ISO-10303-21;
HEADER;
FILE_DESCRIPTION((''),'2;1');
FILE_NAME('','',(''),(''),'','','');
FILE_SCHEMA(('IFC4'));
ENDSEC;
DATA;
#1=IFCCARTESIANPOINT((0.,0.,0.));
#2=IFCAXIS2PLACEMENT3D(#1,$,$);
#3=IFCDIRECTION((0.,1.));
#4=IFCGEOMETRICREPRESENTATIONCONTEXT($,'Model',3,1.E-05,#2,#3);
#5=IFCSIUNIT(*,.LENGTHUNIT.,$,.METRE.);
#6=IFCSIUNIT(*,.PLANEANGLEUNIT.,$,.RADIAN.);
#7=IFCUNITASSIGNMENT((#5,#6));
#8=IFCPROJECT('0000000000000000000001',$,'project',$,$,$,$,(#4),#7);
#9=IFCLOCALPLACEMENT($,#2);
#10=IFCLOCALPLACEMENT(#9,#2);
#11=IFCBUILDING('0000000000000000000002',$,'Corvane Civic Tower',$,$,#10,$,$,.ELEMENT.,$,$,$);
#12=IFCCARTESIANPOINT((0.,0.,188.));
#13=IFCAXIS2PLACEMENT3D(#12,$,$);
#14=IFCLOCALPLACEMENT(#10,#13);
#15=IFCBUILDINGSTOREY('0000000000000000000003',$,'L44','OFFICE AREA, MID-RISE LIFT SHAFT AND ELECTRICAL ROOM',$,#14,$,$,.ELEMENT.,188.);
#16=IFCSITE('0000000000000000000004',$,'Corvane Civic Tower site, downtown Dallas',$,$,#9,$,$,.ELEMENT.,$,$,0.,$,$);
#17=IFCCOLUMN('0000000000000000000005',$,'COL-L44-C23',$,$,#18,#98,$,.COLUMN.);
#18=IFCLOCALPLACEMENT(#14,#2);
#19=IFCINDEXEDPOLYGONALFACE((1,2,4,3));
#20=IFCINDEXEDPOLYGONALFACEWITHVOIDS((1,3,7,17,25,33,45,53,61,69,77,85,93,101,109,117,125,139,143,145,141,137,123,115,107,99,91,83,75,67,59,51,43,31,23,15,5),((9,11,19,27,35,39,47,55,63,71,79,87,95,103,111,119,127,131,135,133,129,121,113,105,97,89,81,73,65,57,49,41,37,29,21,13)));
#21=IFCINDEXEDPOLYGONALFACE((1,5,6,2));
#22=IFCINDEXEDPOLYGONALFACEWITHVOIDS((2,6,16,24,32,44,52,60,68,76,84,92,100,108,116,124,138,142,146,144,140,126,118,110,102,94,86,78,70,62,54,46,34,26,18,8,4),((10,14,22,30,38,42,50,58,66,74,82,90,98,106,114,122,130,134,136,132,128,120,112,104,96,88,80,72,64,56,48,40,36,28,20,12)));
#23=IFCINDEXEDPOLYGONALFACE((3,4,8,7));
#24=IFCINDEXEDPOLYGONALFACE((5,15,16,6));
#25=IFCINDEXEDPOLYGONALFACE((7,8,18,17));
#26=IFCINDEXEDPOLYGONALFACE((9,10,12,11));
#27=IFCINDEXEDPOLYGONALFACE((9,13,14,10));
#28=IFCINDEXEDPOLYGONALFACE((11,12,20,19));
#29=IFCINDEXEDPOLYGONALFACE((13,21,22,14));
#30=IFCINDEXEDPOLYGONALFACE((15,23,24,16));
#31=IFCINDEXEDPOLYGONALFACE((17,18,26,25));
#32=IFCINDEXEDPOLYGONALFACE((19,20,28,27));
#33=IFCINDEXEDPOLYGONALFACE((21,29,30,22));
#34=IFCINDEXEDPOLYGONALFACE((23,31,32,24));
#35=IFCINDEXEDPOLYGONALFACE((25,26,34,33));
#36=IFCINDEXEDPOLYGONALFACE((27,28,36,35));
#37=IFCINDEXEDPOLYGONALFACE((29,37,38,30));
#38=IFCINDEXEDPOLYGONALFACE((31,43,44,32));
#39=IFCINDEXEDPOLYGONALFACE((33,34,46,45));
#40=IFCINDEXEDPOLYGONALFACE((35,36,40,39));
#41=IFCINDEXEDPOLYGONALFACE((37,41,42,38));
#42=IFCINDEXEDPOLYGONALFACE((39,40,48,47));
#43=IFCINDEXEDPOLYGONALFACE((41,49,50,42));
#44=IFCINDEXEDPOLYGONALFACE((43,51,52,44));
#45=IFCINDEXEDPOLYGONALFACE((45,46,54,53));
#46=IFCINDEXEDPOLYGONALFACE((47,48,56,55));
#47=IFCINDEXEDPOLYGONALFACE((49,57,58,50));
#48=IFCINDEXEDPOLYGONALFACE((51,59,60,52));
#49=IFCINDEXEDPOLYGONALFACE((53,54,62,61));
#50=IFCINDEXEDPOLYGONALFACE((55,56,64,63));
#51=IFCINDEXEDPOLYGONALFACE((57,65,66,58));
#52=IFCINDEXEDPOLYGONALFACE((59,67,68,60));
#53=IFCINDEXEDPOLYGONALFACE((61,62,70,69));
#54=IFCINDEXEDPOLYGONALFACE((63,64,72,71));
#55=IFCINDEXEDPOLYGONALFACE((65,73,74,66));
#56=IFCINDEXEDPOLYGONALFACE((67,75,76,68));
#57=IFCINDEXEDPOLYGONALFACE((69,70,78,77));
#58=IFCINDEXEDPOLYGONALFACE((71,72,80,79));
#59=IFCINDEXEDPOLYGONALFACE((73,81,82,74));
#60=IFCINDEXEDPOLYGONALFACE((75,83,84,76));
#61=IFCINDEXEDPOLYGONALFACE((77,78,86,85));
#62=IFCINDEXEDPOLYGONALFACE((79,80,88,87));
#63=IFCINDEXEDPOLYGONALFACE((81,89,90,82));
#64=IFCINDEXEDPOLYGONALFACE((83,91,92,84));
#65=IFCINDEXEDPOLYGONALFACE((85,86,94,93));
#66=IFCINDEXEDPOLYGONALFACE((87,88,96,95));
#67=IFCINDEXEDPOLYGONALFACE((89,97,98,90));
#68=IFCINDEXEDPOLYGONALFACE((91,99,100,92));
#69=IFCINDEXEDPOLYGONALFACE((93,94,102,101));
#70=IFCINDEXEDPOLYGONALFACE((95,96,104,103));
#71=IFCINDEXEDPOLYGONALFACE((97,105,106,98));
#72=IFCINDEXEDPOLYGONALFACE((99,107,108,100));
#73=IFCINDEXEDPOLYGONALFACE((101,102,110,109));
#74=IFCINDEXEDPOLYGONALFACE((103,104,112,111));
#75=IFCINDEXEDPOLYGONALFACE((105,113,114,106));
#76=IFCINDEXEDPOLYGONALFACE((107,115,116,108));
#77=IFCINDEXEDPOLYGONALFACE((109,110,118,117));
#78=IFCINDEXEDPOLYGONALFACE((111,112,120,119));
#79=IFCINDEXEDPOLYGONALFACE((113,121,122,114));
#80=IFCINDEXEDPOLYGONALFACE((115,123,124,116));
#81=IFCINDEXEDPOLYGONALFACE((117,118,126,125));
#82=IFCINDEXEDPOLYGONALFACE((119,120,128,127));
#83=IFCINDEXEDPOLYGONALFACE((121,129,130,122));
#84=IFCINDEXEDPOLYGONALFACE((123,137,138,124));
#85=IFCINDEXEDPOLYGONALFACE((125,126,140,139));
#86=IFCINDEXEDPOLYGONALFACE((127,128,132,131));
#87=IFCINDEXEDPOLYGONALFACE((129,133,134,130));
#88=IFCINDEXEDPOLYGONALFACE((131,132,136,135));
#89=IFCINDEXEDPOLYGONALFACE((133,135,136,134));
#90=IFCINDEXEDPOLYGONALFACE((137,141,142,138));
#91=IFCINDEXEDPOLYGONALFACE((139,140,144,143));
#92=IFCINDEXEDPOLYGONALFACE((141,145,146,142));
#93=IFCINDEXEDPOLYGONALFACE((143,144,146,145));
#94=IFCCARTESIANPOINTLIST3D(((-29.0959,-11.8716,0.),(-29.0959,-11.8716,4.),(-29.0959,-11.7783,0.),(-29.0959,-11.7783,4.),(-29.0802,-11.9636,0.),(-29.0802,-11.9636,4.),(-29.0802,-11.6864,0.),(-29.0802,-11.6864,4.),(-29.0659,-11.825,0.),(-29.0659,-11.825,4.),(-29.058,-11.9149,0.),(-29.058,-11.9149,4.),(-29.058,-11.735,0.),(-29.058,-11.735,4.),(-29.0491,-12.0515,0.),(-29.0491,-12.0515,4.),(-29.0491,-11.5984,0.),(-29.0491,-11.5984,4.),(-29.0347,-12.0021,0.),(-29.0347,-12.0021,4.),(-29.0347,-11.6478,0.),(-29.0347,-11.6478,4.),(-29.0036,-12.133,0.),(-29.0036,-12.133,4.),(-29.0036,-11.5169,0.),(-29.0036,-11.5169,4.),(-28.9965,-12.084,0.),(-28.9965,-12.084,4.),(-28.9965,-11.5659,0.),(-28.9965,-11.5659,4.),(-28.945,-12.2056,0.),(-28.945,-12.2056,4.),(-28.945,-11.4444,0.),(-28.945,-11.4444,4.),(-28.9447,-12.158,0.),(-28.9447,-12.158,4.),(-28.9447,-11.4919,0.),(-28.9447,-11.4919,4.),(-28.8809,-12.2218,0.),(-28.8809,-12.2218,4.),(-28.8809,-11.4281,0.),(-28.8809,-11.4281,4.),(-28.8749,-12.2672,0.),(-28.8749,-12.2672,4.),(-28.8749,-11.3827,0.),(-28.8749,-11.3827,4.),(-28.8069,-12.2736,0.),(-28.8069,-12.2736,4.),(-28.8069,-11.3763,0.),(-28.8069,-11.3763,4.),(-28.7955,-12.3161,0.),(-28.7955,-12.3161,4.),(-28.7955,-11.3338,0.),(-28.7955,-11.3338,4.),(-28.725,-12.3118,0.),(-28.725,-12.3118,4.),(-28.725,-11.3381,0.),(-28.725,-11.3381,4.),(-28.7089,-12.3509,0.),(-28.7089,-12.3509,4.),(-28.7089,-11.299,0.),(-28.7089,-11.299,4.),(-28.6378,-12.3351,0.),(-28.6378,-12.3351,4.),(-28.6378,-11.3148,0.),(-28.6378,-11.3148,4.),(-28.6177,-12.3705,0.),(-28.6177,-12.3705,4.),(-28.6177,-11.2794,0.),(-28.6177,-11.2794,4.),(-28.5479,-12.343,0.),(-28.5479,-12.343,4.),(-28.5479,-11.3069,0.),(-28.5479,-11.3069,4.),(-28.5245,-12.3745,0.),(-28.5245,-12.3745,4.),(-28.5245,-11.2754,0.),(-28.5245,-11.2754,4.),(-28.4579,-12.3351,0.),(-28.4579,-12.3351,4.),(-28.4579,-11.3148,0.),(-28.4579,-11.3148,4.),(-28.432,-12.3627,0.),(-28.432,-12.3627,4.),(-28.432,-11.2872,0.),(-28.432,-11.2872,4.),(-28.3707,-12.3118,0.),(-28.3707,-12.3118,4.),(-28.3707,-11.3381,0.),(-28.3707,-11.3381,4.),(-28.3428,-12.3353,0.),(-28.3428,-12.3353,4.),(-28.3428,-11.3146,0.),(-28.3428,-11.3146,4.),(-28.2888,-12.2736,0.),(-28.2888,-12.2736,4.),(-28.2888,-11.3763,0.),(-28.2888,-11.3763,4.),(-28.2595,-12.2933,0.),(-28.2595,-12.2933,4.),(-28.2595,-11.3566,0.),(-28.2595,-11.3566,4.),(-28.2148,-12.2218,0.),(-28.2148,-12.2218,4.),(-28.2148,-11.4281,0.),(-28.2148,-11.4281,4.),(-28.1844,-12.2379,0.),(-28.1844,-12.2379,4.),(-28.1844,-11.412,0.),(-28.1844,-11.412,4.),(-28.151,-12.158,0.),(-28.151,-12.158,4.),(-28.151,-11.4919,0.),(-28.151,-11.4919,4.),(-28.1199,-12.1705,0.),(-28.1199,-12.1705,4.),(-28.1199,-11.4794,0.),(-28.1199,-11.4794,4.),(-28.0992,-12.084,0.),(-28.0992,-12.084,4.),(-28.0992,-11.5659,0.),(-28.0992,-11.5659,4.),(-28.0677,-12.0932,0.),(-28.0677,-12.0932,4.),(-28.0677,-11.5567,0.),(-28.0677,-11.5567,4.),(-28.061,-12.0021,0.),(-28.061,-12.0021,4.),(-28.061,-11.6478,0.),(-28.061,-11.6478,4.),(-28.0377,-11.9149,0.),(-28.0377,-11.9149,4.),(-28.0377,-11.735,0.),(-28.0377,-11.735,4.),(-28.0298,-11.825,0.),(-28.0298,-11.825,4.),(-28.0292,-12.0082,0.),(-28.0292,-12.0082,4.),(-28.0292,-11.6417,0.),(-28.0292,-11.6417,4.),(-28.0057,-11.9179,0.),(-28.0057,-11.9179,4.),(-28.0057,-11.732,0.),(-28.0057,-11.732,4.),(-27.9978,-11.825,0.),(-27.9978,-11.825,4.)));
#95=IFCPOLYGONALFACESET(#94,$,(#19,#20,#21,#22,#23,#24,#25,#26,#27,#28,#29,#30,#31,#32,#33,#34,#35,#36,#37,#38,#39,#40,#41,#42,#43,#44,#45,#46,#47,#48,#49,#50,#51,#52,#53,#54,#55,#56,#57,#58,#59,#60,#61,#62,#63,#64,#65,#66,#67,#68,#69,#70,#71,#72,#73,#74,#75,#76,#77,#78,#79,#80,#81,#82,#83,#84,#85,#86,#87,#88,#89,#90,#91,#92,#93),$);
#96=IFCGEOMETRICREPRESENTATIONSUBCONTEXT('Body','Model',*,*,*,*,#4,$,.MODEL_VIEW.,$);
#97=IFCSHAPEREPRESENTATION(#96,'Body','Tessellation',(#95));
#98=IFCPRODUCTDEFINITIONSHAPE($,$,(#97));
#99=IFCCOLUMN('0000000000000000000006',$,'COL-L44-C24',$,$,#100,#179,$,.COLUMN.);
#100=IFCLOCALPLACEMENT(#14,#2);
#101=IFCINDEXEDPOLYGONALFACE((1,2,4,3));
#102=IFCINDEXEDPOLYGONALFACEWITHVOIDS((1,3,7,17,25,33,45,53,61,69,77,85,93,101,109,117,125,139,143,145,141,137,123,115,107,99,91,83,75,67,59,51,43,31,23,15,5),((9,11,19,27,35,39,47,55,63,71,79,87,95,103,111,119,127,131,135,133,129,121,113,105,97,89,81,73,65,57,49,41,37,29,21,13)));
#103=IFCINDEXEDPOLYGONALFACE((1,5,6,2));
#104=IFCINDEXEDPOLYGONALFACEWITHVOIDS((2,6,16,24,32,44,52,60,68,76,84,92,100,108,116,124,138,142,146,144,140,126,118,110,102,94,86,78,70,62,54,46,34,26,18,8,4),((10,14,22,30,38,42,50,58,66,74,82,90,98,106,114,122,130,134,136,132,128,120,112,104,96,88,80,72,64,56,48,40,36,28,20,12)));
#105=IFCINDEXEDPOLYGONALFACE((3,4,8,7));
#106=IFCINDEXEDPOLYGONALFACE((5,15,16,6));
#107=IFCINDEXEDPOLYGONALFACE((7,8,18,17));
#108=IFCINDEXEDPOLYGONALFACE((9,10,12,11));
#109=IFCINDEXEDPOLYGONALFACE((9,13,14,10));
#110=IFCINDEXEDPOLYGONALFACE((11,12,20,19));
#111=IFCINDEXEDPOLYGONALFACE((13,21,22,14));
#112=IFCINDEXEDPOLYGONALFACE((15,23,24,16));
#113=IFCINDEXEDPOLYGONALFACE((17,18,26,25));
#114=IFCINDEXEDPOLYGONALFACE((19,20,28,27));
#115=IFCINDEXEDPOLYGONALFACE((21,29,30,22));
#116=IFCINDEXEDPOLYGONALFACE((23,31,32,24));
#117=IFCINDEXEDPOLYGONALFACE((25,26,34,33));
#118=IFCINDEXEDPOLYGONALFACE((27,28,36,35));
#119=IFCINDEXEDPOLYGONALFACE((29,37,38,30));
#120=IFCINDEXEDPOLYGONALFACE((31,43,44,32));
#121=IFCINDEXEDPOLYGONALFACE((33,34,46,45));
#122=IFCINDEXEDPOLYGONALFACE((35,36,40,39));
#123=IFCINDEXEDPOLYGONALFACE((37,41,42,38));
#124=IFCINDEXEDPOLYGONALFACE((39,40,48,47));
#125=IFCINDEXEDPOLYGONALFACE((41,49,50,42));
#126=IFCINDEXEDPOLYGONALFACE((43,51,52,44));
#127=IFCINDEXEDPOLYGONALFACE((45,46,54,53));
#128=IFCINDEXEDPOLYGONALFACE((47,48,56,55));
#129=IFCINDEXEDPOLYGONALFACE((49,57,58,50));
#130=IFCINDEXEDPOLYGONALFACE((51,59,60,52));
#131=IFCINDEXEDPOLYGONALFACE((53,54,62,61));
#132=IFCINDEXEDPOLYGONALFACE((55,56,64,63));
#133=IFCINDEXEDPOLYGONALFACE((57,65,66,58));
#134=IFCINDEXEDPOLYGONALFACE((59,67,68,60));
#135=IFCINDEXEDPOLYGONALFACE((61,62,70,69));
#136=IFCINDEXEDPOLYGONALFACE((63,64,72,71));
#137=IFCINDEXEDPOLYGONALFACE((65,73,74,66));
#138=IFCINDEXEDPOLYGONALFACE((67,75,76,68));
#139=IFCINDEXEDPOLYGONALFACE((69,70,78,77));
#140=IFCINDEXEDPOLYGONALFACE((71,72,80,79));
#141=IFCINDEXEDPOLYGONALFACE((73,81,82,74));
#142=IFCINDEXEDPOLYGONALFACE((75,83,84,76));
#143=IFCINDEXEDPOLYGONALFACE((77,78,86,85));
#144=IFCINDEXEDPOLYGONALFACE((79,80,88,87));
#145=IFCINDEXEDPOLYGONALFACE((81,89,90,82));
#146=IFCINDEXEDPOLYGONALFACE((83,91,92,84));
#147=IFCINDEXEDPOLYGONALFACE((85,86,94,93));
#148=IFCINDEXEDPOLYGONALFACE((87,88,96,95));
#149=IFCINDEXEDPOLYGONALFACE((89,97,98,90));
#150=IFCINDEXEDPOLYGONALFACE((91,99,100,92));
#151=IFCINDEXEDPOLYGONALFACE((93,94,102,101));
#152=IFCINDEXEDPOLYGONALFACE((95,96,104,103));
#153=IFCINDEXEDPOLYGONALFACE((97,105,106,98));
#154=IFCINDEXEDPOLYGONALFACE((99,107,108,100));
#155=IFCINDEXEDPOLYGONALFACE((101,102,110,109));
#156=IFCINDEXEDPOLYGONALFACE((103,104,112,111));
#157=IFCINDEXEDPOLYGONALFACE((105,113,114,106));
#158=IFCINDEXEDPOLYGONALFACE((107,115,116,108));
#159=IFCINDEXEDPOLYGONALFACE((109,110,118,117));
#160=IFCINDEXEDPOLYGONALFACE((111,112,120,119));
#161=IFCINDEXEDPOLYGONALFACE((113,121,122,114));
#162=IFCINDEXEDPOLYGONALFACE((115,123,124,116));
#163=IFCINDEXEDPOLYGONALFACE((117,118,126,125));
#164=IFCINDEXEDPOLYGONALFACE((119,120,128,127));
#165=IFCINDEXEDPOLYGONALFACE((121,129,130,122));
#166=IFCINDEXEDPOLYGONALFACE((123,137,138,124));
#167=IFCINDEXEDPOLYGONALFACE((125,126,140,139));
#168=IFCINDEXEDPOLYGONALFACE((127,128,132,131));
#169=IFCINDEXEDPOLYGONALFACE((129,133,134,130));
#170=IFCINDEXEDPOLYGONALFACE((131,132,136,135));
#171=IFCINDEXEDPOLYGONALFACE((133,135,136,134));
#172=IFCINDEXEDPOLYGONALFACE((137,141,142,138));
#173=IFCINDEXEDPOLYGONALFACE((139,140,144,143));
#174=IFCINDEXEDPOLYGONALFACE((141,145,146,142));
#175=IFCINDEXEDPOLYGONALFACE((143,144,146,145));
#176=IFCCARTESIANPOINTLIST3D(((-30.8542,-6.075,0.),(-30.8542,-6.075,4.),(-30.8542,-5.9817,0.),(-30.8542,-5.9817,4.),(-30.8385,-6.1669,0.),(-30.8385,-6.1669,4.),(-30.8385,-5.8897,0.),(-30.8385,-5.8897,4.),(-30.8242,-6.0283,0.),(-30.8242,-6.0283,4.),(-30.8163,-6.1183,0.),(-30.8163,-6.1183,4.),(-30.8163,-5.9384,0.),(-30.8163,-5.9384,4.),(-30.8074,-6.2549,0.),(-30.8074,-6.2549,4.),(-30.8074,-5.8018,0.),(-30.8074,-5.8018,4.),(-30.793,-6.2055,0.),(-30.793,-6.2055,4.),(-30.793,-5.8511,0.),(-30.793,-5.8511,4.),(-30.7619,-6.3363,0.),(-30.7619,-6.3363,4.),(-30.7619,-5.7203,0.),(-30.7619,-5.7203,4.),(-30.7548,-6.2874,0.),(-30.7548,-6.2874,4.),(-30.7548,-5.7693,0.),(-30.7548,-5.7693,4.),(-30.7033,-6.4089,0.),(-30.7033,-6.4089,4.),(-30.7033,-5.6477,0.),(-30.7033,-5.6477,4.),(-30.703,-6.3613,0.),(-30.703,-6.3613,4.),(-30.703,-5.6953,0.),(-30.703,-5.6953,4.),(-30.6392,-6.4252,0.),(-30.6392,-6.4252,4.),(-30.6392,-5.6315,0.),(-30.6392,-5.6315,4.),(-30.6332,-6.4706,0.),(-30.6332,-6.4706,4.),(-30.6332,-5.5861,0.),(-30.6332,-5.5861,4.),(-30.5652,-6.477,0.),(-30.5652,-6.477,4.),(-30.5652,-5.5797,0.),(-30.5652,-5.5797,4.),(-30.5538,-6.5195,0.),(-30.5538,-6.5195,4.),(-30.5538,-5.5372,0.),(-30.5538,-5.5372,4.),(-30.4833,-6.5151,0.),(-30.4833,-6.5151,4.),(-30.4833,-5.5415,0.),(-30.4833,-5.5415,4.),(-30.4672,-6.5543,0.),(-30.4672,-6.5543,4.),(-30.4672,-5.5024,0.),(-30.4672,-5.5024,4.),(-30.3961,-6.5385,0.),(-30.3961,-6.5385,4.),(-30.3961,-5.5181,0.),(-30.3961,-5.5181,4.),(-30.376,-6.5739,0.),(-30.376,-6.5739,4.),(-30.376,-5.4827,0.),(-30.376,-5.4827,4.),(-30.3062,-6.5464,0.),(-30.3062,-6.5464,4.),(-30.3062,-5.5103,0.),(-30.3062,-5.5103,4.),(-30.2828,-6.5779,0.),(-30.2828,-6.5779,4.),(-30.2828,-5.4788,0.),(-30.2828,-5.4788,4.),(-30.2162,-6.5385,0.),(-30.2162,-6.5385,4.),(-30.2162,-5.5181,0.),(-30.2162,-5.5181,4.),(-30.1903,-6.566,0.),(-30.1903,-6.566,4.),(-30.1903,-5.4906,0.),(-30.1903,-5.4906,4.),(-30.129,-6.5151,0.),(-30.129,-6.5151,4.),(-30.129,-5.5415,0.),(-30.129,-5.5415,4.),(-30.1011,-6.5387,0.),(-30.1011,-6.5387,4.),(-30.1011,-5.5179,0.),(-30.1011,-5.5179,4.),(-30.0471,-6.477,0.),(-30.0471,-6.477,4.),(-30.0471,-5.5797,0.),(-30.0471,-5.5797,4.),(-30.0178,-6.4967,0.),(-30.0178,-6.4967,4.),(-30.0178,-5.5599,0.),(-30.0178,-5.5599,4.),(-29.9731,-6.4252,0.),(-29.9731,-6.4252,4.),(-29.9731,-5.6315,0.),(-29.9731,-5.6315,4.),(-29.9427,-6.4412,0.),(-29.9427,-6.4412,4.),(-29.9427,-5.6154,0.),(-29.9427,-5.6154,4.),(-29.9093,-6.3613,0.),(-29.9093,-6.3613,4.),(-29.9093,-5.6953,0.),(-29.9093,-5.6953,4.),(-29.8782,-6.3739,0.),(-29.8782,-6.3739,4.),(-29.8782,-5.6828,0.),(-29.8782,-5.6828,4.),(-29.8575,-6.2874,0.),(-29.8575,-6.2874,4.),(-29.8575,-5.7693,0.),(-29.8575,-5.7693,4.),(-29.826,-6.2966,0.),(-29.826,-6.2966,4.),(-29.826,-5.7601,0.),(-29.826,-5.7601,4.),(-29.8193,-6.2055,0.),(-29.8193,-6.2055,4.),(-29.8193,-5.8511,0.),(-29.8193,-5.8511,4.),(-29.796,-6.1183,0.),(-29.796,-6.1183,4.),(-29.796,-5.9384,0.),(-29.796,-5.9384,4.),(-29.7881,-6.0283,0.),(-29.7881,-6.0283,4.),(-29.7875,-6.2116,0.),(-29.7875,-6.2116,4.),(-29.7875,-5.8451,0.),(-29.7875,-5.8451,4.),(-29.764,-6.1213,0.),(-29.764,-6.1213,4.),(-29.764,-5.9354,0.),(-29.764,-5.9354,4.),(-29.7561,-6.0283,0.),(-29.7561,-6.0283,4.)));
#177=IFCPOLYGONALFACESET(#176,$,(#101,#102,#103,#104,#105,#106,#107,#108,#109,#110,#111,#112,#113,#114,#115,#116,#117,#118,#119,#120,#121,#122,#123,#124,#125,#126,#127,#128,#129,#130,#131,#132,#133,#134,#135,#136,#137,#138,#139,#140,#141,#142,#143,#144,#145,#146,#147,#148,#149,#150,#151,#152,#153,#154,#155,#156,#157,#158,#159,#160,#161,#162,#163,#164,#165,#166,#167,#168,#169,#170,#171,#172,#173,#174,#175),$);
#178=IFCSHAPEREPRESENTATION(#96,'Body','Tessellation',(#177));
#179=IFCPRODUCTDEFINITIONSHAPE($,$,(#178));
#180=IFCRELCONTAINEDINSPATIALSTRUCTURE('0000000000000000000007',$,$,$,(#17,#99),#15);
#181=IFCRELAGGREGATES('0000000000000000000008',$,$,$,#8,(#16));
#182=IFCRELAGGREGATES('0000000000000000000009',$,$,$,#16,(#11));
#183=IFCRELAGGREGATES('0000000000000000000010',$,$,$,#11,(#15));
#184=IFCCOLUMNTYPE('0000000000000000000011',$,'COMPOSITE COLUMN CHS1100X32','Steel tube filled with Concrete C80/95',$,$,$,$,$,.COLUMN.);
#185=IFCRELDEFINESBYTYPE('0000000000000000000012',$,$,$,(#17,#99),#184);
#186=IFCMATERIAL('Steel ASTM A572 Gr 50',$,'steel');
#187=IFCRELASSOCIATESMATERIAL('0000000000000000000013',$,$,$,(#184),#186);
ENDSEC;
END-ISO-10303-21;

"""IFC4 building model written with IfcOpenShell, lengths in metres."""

from ifc_helpers import new_model, si_unit, direction, frame, origin, origin_2d, place, context, subcontext, project, spatial, hollow_circle, extrude, material, material_profile, profile_set, type_object, element, save


model = new_model("IFC4")

# Units and contexts
model_context = context("Model", 3, precision=1e-05, world=origin(), true_north=direction((0.0, 1.0)))
body_context = subcontext(model_context, "Body", "Model", "MODEL_VIEW")
ifc_project = project(units=[si_unit("LENGTHUNIT", "METRE"), si_unit("PLANEANGLEUNIT", "RADIAN")], contexts=[model_context])

# Site, building, storey
site_placement = place(None, origin())
site = spatial("IfcSite", under=ifc_project, at=site_placement, Name="Corvane Civic Tower site, downtown Dallas", CompositionType="ELEMENT", RefElevation=0.0)
building_placement = place(site_placement, origin())
building = spatial("IfcBuilding", under=site, at=building_placement, Name="Corvane Civic Tower", CompositionType="ELEMENT")
storey_placement = place(building_placement, frame((0.0, 0.0, 188.0)))
storey = spatial("IfcBuildingStorey", under=building, at=storey_placement, Name="L44", Description="OFFICE AREA, MID-RISE LIFT SHAFT AND ELECTRICAL ROOM", CompositionType="ELEMENT", Elevation=188.0)

# Columns
ifc_material_1 = material(Name="Steel ASTM A572 Gr 50", Category="steel")
ifc_material_profile_1 = material_profile(ifc_material_1, hollow_circle(Radius=0.55, WallThickness=0.032, at=origin_2d()), Name="CHS1100X32")
ifc_profile_set_1 = profile_set([ifc_material_profile_1], Name="Steel ASTM A572 Gr 50")
column_type = type_object("IfcColumnType", Name="COMPOSITE COLUMN CHS1100X32", Description="Steel tube filled with Concrete C80/95", PredefinedType="COLUMN", material=ifc_profile_set_1)
for number, where, z_axis, x_axis, name in (
    (1, (-28.5479, -11.825, 0.0), (0.0, 0.0, 1.0), (1.0, 0.0, 0.0), "COL-L44-C23"),
    (2, (-30.3062, -6.0283, 0.0), (0.0, 0.0, 1.0), (1.0, 0.0, 0.0), "COL-L44-C24"),
):
    element("IfcColumn", number, at=place(storey_placement, frame(where, z_axis=z_axis, x_axis=x_axis)), inside=storey, type_object=column_type, Name=name, PredefinedType="COLUMN", context=body_context, shape_type="SweptSolid", body=[
        extrude(hollow_circle(Radius=0.55, WallThickness=0.032, at=origin_2d()), origin(), (0.0, 0.0, 1.0), 4.0),
    ])

save(model, "model.ifc")
